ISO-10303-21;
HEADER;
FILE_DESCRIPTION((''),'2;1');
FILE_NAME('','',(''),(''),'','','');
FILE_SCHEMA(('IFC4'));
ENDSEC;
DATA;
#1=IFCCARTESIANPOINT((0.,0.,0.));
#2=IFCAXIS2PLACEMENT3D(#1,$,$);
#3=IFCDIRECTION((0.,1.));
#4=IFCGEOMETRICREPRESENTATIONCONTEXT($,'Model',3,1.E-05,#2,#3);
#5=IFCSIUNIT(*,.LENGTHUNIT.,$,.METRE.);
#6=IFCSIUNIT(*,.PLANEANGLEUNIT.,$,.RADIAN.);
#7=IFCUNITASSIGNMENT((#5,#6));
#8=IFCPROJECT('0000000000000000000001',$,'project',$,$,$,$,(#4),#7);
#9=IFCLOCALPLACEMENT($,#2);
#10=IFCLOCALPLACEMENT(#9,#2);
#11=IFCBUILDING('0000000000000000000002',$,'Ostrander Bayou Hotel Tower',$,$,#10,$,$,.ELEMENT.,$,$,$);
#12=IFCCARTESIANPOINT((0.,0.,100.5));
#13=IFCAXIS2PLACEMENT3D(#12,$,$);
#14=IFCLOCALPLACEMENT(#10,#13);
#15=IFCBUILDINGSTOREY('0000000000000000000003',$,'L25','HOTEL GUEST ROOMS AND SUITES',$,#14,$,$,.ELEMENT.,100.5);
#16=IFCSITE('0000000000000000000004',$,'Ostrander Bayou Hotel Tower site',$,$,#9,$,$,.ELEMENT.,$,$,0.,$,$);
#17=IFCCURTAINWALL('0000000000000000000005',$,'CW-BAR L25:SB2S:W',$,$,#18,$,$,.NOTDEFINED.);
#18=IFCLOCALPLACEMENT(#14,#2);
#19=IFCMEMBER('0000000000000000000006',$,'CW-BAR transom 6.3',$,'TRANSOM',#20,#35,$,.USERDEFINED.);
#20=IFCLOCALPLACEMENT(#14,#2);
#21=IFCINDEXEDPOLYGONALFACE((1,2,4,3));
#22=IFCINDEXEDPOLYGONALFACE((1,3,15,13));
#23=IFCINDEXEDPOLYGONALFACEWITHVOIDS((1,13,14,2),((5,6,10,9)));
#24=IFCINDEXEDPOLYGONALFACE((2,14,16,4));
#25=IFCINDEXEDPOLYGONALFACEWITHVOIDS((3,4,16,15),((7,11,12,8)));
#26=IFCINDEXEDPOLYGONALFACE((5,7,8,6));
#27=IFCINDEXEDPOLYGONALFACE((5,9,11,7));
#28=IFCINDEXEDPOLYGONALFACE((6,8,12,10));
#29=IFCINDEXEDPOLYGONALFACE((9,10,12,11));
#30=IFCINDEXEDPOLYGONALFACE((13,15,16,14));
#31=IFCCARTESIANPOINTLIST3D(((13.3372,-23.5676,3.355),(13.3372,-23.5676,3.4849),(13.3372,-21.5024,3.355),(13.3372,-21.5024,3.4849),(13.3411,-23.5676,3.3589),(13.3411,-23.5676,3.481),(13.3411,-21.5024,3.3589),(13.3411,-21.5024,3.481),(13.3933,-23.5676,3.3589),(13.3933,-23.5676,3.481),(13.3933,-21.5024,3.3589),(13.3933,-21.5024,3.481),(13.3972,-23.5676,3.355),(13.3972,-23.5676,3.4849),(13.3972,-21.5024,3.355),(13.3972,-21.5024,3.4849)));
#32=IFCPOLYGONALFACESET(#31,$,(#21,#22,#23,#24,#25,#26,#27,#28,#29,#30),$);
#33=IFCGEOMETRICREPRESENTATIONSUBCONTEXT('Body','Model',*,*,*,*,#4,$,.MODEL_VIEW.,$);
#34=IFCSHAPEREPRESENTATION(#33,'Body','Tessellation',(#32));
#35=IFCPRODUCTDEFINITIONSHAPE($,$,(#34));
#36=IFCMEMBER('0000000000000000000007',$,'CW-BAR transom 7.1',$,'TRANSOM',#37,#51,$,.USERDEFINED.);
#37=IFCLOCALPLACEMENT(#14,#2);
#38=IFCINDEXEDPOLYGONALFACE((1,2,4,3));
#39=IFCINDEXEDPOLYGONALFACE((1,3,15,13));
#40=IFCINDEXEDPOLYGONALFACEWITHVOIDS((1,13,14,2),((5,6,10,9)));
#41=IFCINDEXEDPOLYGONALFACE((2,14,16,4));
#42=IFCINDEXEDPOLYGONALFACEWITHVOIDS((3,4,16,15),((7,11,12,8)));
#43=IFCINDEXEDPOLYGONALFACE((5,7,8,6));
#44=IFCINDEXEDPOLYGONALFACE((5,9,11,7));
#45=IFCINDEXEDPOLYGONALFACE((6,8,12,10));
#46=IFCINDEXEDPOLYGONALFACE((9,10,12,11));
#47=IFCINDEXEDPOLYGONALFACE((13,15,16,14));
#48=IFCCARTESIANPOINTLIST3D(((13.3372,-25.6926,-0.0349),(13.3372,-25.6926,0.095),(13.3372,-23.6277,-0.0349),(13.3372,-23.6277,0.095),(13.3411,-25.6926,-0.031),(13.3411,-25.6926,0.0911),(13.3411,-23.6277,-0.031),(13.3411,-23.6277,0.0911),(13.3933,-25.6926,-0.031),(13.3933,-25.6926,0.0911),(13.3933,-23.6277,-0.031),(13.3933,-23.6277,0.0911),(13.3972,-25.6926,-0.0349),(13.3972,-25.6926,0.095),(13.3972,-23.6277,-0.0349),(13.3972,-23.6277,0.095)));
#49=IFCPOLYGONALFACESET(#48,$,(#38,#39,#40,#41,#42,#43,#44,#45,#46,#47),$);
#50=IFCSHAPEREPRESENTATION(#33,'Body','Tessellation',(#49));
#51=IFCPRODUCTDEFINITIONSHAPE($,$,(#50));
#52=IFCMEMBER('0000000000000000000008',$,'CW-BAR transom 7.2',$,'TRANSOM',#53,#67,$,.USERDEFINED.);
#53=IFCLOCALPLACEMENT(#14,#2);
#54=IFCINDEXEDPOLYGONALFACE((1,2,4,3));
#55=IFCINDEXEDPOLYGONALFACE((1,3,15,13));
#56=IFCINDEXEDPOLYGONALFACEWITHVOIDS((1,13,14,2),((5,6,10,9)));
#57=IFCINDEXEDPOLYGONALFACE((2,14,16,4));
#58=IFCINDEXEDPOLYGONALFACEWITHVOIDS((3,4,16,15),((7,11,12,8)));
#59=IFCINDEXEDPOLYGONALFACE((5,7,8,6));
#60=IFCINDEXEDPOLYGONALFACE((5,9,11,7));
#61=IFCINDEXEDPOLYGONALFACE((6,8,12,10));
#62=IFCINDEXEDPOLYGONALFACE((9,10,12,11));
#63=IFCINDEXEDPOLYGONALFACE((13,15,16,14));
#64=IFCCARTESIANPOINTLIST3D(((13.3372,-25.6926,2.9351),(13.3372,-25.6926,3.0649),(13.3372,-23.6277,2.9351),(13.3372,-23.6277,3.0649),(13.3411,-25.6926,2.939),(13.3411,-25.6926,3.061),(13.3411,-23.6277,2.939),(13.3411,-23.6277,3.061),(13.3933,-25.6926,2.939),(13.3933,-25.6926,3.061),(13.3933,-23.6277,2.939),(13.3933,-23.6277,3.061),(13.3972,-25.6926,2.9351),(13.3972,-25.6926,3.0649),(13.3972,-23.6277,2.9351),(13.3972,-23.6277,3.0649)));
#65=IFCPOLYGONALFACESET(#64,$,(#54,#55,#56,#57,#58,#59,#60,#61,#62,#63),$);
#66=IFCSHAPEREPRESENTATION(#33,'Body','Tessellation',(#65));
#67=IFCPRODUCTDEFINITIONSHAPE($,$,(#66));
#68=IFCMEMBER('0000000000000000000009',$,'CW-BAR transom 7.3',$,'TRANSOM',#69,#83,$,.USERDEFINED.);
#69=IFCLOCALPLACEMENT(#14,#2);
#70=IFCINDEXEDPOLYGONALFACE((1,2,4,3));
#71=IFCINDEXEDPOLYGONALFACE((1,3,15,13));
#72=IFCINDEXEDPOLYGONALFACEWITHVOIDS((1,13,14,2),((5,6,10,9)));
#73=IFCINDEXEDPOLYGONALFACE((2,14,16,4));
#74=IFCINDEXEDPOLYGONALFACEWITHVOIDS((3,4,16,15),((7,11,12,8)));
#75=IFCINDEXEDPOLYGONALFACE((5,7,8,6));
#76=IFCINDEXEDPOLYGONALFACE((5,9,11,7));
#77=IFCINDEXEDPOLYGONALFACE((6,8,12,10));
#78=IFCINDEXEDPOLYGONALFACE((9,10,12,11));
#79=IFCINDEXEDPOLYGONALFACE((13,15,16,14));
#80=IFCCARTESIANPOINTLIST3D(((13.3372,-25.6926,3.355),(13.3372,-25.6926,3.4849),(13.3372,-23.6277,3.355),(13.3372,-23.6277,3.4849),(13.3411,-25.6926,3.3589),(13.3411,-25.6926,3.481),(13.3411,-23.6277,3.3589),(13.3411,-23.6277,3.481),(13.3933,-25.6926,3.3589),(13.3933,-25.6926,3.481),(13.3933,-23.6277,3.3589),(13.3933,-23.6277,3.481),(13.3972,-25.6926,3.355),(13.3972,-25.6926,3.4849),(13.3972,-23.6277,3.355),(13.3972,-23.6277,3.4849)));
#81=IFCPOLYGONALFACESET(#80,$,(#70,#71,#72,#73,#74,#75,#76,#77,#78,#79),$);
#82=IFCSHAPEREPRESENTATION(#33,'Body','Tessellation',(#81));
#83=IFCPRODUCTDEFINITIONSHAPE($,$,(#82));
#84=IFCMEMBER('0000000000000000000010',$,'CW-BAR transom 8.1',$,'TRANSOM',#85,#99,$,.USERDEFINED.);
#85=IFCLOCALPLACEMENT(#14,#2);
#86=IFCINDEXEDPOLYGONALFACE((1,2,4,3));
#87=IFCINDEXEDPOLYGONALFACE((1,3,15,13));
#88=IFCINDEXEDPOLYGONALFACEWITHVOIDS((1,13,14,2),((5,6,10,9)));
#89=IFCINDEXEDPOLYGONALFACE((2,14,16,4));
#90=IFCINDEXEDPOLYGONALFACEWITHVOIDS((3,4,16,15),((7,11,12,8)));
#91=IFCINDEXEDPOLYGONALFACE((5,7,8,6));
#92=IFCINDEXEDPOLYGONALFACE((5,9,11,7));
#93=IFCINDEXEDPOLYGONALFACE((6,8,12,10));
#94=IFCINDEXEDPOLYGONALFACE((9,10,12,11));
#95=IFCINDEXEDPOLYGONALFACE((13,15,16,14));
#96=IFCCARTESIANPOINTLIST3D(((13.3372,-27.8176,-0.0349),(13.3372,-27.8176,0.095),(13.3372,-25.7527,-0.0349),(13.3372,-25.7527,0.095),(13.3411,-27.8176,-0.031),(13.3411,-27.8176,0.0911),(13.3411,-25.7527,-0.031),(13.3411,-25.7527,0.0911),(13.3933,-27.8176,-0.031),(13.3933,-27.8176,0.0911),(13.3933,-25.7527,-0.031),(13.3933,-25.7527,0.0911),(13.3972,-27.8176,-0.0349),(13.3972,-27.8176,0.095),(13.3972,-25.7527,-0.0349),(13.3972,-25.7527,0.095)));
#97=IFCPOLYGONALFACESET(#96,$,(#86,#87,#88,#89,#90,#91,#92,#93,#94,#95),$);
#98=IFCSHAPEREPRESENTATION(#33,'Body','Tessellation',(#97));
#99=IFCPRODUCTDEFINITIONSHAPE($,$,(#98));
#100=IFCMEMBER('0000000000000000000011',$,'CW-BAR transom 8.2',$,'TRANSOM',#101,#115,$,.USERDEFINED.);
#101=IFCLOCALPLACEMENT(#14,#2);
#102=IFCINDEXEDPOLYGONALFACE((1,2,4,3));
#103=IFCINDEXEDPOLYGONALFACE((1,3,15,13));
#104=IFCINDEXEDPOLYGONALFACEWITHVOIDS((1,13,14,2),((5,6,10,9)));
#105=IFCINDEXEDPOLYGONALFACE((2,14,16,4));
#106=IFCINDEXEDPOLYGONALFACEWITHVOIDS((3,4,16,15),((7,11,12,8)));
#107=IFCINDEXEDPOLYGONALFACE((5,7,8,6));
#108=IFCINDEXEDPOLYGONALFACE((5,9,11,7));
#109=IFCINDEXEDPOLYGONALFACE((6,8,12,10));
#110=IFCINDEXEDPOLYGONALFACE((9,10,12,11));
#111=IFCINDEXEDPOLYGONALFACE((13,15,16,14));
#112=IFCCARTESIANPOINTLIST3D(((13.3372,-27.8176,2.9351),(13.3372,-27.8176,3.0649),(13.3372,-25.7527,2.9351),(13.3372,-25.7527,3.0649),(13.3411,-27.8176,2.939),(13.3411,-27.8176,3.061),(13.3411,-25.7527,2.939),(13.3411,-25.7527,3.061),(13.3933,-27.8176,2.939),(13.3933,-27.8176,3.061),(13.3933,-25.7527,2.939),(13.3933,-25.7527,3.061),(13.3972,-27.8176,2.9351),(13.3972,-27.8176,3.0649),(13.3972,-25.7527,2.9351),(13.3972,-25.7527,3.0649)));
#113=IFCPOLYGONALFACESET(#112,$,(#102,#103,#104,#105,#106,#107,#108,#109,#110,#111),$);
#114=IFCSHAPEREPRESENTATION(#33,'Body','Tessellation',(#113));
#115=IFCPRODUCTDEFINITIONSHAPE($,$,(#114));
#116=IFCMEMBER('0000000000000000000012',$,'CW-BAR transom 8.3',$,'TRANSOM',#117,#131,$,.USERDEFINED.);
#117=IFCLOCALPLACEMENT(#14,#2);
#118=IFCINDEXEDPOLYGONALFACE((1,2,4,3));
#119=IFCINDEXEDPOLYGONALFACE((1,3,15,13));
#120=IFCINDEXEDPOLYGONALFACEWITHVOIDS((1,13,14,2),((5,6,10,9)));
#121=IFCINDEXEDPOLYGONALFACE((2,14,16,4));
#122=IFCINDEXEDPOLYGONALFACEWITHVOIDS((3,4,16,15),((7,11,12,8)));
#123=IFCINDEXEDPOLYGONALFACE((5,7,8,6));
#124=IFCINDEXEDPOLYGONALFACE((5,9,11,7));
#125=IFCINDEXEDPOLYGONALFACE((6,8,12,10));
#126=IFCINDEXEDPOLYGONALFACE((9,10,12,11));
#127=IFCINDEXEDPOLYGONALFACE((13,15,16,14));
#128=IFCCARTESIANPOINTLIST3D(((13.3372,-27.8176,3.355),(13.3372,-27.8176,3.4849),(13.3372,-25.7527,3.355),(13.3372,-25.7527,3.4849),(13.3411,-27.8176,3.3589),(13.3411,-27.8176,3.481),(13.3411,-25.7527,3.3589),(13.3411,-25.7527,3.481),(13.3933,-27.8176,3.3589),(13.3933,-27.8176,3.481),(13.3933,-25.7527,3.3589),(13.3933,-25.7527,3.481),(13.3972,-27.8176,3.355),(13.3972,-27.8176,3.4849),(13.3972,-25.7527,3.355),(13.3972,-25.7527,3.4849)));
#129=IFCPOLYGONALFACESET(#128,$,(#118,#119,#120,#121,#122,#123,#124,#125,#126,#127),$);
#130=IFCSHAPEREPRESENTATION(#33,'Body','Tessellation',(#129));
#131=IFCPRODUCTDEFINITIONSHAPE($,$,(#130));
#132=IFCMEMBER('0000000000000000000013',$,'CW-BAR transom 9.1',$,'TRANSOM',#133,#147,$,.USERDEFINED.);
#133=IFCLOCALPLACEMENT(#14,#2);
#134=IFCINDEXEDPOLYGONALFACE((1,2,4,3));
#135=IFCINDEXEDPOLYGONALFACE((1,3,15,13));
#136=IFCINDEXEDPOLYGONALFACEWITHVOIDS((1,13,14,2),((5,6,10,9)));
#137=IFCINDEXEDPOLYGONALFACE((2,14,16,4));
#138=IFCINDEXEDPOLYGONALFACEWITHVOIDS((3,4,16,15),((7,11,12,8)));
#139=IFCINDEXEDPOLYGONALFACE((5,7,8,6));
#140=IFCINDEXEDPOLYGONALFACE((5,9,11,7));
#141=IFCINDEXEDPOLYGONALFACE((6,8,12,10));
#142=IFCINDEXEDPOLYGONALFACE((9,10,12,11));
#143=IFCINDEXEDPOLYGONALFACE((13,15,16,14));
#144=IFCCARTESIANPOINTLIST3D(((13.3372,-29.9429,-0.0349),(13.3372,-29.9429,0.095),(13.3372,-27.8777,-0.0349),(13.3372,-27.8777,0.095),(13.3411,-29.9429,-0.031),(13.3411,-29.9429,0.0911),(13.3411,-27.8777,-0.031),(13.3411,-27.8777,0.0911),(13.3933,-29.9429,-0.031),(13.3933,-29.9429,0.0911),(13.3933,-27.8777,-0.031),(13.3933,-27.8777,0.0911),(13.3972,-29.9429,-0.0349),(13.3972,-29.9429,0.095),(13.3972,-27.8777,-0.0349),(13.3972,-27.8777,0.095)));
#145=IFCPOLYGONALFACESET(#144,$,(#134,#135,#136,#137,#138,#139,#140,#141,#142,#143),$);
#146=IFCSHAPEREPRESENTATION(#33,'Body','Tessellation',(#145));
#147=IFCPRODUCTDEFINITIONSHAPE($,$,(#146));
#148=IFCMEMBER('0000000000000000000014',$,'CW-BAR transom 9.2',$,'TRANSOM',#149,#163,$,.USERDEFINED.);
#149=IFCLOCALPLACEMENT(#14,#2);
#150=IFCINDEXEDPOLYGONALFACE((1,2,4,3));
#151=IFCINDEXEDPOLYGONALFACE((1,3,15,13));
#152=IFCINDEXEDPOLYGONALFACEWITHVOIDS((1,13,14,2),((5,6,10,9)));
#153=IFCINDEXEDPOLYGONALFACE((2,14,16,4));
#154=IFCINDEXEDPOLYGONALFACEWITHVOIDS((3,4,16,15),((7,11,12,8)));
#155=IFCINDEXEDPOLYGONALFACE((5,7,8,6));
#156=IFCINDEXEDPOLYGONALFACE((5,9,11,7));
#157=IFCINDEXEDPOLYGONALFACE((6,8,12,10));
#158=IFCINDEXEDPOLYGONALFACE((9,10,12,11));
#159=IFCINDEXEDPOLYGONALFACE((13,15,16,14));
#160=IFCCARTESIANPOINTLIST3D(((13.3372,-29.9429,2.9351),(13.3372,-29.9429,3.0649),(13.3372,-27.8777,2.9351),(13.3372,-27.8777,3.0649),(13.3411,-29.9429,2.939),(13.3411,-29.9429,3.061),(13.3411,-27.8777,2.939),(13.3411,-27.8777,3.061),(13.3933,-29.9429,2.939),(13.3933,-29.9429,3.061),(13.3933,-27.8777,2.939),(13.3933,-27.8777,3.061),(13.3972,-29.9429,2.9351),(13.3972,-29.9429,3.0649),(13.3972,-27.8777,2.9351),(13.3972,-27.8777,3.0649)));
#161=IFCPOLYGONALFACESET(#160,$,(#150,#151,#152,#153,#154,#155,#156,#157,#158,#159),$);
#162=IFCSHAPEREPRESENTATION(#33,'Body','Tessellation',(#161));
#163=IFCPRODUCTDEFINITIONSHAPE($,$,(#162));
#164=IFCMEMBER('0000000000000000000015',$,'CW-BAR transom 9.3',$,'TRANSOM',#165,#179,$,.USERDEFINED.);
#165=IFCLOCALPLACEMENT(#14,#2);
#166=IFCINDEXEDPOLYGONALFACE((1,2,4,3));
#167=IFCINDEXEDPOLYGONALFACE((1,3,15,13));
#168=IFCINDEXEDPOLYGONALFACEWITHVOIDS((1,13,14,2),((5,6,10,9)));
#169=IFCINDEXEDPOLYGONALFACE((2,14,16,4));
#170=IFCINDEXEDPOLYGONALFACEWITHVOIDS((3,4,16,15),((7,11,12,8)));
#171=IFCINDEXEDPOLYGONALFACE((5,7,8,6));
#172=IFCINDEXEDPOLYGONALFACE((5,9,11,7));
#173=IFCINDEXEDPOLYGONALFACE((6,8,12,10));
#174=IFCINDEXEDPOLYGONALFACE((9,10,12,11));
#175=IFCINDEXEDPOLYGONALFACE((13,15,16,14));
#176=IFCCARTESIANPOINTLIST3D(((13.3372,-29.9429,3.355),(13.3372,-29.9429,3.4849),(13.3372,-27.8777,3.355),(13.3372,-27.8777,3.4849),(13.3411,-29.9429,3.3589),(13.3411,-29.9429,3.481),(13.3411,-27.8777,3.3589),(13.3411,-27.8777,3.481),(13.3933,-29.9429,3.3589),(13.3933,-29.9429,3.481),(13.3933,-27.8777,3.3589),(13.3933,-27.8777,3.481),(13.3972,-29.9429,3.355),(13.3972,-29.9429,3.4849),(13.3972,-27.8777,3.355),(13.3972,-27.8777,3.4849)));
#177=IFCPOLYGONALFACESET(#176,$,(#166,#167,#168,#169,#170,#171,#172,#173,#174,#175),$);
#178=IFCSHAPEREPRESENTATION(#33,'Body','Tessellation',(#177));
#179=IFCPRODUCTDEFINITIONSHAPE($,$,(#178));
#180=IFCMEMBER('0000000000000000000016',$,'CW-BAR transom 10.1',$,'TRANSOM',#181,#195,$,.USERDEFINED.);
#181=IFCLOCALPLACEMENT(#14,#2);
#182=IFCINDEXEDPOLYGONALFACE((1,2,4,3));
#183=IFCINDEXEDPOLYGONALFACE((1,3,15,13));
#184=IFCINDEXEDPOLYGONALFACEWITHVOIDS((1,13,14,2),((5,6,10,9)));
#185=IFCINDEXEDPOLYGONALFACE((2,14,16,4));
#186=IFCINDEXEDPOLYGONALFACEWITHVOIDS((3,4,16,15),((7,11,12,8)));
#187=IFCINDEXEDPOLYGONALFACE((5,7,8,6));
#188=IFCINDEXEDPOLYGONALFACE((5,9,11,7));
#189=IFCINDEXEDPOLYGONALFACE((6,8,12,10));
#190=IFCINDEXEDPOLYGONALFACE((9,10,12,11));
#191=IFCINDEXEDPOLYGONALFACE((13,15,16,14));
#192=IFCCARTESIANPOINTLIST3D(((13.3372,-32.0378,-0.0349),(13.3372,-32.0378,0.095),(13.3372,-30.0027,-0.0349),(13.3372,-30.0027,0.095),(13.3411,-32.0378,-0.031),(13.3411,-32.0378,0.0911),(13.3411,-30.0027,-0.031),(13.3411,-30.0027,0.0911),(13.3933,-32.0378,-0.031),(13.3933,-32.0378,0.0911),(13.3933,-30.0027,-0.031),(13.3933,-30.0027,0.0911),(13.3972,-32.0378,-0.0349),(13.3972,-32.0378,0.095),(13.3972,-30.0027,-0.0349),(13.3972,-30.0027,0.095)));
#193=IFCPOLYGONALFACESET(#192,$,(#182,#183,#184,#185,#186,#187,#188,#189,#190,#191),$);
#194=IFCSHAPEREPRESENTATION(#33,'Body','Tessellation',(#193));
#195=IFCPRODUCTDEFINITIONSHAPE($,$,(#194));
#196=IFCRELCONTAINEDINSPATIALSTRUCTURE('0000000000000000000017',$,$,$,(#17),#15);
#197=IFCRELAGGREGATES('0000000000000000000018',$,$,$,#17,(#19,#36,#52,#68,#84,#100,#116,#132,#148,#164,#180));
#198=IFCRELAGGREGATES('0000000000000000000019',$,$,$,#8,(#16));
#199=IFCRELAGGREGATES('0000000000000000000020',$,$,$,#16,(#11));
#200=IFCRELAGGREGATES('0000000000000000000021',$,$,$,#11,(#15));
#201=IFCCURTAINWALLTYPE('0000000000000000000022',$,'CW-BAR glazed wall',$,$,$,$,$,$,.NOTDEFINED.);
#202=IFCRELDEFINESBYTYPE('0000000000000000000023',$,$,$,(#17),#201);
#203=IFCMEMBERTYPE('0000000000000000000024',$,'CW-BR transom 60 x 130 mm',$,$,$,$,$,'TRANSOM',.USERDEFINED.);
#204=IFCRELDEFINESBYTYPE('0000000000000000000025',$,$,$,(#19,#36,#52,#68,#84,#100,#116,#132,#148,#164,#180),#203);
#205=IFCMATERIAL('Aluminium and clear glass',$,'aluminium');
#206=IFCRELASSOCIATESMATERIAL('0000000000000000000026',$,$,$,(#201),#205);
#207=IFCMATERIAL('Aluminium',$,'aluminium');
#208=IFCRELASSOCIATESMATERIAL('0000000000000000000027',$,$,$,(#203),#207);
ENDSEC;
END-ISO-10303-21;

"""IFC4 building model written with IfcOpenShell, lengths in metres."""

from ifc_helpers import new_model, si_unit, direction, frame, origin, origin_2d, place, context, subcontext, project, spatial, hollow_rectangle, extrude, material, material_profile, profile_set, type_object, element, aggregate, save


model = new_model("IFC4")

# Units and contexts
model_context = context("Model", 3, precision=1e-05, world=origin(), true_north=direction((0.0, 1.0)))
body_context = subcontext(model_context, "Body", "Model", "MODEL_VIEW")
ifc_project = project(units=[si_unit("LENGTHUNIT", "METRE"), si_unit("PLANEANGLEUNIT", "RADIAN")], contexts=[model_context])

# Site, building, storey
site_placement = place(None, origin())
site = spatial("IfcSite", under=ifc_project, at=site_placement, Name="Ostrander Bayou Hotel Tower site", CompositionType="ELEMENT", RefElevation=0.0)
building_placement = place(site_placement, origin())
building = spatial("IfcBuilding", under=site, at=building_placement, Name="Ostrander Bayou Hotel Tower", CompositionType="ELEMENT")
storey_placement = place(building_placement, frame((0.0, 0.0, 100.5)))
storey = spatial("IfcBuildingStorey", under=building, at=storey_placement, Name="L25", Description="HOTEL GUEST ROOMS AND SUITES", CompositionType="ELEMENT", Elevation=100.5)

# Shared definitions
ifc_material_1 = material(Name="Aluminium and clear glass", Category="aluminium")
curtain_wall_type = type_object("IfcCurtainWallType", Name="CW-BAR glazed wall", PredefinedType="NOTDEFINED", material=ifc_material_1)

# Curtain wall
curtain_wall_1_placement = place(storey_placement, origin())
curtain_wall_1 = element("IfcCurtainWall", 1, at=curtain_wall_1_placement, inside=storey, type_object=curtain_wall_type, Name="CW-BAR L25:SB2S:W", PredefinedType="NOTDEFINED")

# Members
ifc_material_2 = material(Name="Aluminium", Category="aluminium")
ifc_material_profile_1 = material_profile(ifc_material_2, hollow_rectangle(XDim=0.0601, YDim=0.1299, WallThickness=0.0039, at=origin_2d()))
ifc_profile_set_1 = profile_set([ifc_material_profile_1], Name="Aluminium")
member_type_1 = type_object("IfcMemberType", Name="CW-BR transom 60 x 130 mm", ElementType="TRANSOM", PredefinedType="USERDEFINED", material=ifc_profile_set_1)
member_1_placement = place(storey_placement, frame((13.3672, -21.5024, 3.4199), z_axis=(0.0, -1.0, 0.0), x_axis=(1.0, 0.0, 0.0)))
member_1 = element("IfcMember", 2, at=member_1_placement, type_object=member_type_1, Name="CW-BAR transom 6.3", ObjectType="TRANSOM", PredefinedType="USERDEFINED", context=body_context, shape_type="SweptSolid", body=[
    extrude(hollow_rectangle(XDim=0.0601, YDim=0.1299, WallThickness=0.0039, at=origin_2d()), origin(), (0.0, 0.0, 1.0), 2.0652),
])
member_2_placement = place(storey_placement, frame((13.3672, -23.6277, 0.03), z_axis=(0.0, -1.0, 0.0), x_axis=(1.0, 0.0, 0.0)))
member_2 = element("IfcMember", 3, at=member_2_placement, type_object=member_type_1, Name="CW-BAR transom 7.1", ObjectType="TRANSOM", PredefinedType="USERDEFINED", context=body_context, shape_type="SweptSolid", body=[
    extrude(hollow_rectangle(XDim=0.0601, YDim=0.1299, WallThickness=0.0039, at=origin_2d()), origin(), (0.0, 0.0, 1.0), 2.0649),
])
member_3_placement = place(storey_placement, frame((13.3672, -23.6277, 3.0), z_axis=(0.0, -1.0, 0.0), x_axis=(1.0, 0.0, 0.0)))
member_3 = element("IfcMember", 4, at=member_3_placement, type_object=member_type_1, Name="CW-BAR transom 7.2", ObjectType="TRANSOM", PredefinedType="USERDEFINED", context=body_context, shape_type="SweptSolid", body=[
    extrude(hollow_rectangle(XDim=0.0601, YDim=0.1299, WallThickness=0.0039, at=origin_2d()), origin(), (0.0, 0.0, 1.0), 2.0649),
])
member_4_placement = place(storey_placement, frame((13.3672, -23.6277, 3.4199), z_axis=(0.0, -1.0, 0.0), x_axis=(1.0, 0.0, 0.0)))
member_4 = element("IfcMember", 5, at=member_4_placement, type_object=member_type_1, Name="CW-BAR transom 7.3", ObjectType="TRANSOM", PredefinedType="USERDEFINED", context=body_context, shape_type="SweptSolid", body=[
    extrude(hollow_rectangle(XDim=0.0601, YDim=0.1299, WallThickness=0.0039, at=origin_2d()), origin(), (0.0, 0.0, 1.0), 2.0649),
])
member_5_placement = place(storey_placement, frame((13.3672, -25.7527, 0.03), z_axis=(0.0, -1.0, 0.0), x_axis=(1.0, 0.0, 0.0)))
member_5 = element("IfcMember", 6, at=member_5_placement, type_object=member_type_1, Name="CW-BAR transom 8.1", ObjectType="TRANSOM", PredefinedType="USERDEFINED", context=body_context, shape_type="SweptSolid", body=[
    extrude(hollow_rectangle(XDim=0.0601, YDim=0.1299, WallThickness=0.0039, at=origin_2d()), origin(), (0.0, 0.0, 1.0), 2.0649),
])
member_6_placement = place(storey_placement, frame((13.3672, -25.7527, 3.0), z_axis=(0.0, -1.0, 0.0), x_axis=(1.0, 0.0, 0.0)))
member_6 = element("IfcMember", 7, at=member_6_placement, type_object=member_type_1, Name="CW-BAR transom 8.2", ObjectType="TRANSOM", PredefinedType="USERDEFINED", context=body_context, shape_type="SweptSolid", body=[
    extrude(hollow_rectangle(XDim=0.0601, YDim=0.1299, WallThickness=0.0039, at=origin_2d()), origin(), (0.0, 0.0, 1.0), 2.0649),
])
member_7_placement = place(storey_placement, frame((13.3672, -25.7527, 3.4199), z_axis=(0.0, -1.0, 0.0), x_axis=(1.0, 0.0, 0.0)))
member_7 = element("IfcMember", 8, at=member_7_placement, type_object=member_type_1, Name="CW-BAR transom 8.3", ObjectType="TRANSOM", PredefinedType="USERDEFINED", context=body_context, shape_type="SweptSolid", body=[
    extrude(hollow_rectangle(XDim=0.0601, YDim=0.1299, WallThickness=0.0039, at=origin_2d()), origin(), (0.0, 0.0, 1.0), 2.0649),
])
member_8_placement = place(storey_placement, frame((13.3672, -27.8777, 0.03), z_axis=(0.0, -1.0, 0.0), x_axis=(1.0, 0.0, 0.0)))
member_8 = element("IfcMember", 9, at=member_8_placement, type_object=member_type_1, Name="CW-BAR transom 9.1", ObjectType="TRANSOM", PredefinedType="USERDEFINED", context=body_context, shape_type="SweptSolid", body=[
    extrude(hollow_rectangle(XDim=0.0601, YDim=0.1299, WallThickness=0.0039, at=origin_2d()), origin(), (0.0, 0.0, 1.0), 2.0652),
])
member_9_placement = place(storey_placement, frame((13.3672, -27.8777, 3.0), z_axis=(0.0, -1.0, 0.0), x_axis=(1.0, 0.0, 0.0)))
member_9 = element("IfcMember", 10, at=member_9_placement, type_object=member_type_1, Name="CW-BAR transom 9.2", ObjectType="TRANSOM", PredefinedType="USERDEFINED", context=body_context, shape_type="SweptSolid", body=[
    extrude(hollow_rectangle(XDim=0.0601, YDim=0.1299, WallThickness=0.0039, at=origin_2d()), origin(), (0.0, 0.0, 1.0), 2.0652),
])
member_10_placement = place(storey_placement, frame((13.3672, -27.8777, 3.4199), z_axis=(0.0, -1.0, 0.0), x_axis=(1.0, 0.0, 0.0)))
member_10 = element("IfcMember", 11, at=member_10_placement, type_object=member_type_1, Name="CW-BAR transom 9.3", ObjectType="TRANSOM", PredefinedType="USERDEFINED", context=body_context, shape_type="SweptSolid", body=[
    extrude(hollow_rectangle(XDim=0.0601, YDim=0.1299, WallThickness=0.0039, at=origin_2d()), origin(), (0.0, 0.0, 1.0), 2.0652),
])
member_11_placement = place(storey_placement, frame((13.3672, -30.0027, 0.03), z_axis=(0.0, -1.0, 0.0), x_axis=(1.0, 0.0, 0.0)))
member_11 = element("IfcMember", 12, at=member_11_placement, type_object=member_type_1, Name="CW-BAR transom 10.1", ObjectType="TRANSOM", PredefinedType="USERDEFINED", context=body_context, shape_type="SweptSolid", body=[
    extrude(hollow_rectangle(XDim=0.0601, YDim=0.1299, WallThickness=0.0039, at=origin_2d()), origin(), (0.0, 0.0, 1.0), 2.0352),
])

aggregate(curtain_wall_1, [member_1, member_2, member_3, member_4, member_5, member_6, member_7, member_8, member_9, member_10, member_11])

save(model, "model.ifc")
